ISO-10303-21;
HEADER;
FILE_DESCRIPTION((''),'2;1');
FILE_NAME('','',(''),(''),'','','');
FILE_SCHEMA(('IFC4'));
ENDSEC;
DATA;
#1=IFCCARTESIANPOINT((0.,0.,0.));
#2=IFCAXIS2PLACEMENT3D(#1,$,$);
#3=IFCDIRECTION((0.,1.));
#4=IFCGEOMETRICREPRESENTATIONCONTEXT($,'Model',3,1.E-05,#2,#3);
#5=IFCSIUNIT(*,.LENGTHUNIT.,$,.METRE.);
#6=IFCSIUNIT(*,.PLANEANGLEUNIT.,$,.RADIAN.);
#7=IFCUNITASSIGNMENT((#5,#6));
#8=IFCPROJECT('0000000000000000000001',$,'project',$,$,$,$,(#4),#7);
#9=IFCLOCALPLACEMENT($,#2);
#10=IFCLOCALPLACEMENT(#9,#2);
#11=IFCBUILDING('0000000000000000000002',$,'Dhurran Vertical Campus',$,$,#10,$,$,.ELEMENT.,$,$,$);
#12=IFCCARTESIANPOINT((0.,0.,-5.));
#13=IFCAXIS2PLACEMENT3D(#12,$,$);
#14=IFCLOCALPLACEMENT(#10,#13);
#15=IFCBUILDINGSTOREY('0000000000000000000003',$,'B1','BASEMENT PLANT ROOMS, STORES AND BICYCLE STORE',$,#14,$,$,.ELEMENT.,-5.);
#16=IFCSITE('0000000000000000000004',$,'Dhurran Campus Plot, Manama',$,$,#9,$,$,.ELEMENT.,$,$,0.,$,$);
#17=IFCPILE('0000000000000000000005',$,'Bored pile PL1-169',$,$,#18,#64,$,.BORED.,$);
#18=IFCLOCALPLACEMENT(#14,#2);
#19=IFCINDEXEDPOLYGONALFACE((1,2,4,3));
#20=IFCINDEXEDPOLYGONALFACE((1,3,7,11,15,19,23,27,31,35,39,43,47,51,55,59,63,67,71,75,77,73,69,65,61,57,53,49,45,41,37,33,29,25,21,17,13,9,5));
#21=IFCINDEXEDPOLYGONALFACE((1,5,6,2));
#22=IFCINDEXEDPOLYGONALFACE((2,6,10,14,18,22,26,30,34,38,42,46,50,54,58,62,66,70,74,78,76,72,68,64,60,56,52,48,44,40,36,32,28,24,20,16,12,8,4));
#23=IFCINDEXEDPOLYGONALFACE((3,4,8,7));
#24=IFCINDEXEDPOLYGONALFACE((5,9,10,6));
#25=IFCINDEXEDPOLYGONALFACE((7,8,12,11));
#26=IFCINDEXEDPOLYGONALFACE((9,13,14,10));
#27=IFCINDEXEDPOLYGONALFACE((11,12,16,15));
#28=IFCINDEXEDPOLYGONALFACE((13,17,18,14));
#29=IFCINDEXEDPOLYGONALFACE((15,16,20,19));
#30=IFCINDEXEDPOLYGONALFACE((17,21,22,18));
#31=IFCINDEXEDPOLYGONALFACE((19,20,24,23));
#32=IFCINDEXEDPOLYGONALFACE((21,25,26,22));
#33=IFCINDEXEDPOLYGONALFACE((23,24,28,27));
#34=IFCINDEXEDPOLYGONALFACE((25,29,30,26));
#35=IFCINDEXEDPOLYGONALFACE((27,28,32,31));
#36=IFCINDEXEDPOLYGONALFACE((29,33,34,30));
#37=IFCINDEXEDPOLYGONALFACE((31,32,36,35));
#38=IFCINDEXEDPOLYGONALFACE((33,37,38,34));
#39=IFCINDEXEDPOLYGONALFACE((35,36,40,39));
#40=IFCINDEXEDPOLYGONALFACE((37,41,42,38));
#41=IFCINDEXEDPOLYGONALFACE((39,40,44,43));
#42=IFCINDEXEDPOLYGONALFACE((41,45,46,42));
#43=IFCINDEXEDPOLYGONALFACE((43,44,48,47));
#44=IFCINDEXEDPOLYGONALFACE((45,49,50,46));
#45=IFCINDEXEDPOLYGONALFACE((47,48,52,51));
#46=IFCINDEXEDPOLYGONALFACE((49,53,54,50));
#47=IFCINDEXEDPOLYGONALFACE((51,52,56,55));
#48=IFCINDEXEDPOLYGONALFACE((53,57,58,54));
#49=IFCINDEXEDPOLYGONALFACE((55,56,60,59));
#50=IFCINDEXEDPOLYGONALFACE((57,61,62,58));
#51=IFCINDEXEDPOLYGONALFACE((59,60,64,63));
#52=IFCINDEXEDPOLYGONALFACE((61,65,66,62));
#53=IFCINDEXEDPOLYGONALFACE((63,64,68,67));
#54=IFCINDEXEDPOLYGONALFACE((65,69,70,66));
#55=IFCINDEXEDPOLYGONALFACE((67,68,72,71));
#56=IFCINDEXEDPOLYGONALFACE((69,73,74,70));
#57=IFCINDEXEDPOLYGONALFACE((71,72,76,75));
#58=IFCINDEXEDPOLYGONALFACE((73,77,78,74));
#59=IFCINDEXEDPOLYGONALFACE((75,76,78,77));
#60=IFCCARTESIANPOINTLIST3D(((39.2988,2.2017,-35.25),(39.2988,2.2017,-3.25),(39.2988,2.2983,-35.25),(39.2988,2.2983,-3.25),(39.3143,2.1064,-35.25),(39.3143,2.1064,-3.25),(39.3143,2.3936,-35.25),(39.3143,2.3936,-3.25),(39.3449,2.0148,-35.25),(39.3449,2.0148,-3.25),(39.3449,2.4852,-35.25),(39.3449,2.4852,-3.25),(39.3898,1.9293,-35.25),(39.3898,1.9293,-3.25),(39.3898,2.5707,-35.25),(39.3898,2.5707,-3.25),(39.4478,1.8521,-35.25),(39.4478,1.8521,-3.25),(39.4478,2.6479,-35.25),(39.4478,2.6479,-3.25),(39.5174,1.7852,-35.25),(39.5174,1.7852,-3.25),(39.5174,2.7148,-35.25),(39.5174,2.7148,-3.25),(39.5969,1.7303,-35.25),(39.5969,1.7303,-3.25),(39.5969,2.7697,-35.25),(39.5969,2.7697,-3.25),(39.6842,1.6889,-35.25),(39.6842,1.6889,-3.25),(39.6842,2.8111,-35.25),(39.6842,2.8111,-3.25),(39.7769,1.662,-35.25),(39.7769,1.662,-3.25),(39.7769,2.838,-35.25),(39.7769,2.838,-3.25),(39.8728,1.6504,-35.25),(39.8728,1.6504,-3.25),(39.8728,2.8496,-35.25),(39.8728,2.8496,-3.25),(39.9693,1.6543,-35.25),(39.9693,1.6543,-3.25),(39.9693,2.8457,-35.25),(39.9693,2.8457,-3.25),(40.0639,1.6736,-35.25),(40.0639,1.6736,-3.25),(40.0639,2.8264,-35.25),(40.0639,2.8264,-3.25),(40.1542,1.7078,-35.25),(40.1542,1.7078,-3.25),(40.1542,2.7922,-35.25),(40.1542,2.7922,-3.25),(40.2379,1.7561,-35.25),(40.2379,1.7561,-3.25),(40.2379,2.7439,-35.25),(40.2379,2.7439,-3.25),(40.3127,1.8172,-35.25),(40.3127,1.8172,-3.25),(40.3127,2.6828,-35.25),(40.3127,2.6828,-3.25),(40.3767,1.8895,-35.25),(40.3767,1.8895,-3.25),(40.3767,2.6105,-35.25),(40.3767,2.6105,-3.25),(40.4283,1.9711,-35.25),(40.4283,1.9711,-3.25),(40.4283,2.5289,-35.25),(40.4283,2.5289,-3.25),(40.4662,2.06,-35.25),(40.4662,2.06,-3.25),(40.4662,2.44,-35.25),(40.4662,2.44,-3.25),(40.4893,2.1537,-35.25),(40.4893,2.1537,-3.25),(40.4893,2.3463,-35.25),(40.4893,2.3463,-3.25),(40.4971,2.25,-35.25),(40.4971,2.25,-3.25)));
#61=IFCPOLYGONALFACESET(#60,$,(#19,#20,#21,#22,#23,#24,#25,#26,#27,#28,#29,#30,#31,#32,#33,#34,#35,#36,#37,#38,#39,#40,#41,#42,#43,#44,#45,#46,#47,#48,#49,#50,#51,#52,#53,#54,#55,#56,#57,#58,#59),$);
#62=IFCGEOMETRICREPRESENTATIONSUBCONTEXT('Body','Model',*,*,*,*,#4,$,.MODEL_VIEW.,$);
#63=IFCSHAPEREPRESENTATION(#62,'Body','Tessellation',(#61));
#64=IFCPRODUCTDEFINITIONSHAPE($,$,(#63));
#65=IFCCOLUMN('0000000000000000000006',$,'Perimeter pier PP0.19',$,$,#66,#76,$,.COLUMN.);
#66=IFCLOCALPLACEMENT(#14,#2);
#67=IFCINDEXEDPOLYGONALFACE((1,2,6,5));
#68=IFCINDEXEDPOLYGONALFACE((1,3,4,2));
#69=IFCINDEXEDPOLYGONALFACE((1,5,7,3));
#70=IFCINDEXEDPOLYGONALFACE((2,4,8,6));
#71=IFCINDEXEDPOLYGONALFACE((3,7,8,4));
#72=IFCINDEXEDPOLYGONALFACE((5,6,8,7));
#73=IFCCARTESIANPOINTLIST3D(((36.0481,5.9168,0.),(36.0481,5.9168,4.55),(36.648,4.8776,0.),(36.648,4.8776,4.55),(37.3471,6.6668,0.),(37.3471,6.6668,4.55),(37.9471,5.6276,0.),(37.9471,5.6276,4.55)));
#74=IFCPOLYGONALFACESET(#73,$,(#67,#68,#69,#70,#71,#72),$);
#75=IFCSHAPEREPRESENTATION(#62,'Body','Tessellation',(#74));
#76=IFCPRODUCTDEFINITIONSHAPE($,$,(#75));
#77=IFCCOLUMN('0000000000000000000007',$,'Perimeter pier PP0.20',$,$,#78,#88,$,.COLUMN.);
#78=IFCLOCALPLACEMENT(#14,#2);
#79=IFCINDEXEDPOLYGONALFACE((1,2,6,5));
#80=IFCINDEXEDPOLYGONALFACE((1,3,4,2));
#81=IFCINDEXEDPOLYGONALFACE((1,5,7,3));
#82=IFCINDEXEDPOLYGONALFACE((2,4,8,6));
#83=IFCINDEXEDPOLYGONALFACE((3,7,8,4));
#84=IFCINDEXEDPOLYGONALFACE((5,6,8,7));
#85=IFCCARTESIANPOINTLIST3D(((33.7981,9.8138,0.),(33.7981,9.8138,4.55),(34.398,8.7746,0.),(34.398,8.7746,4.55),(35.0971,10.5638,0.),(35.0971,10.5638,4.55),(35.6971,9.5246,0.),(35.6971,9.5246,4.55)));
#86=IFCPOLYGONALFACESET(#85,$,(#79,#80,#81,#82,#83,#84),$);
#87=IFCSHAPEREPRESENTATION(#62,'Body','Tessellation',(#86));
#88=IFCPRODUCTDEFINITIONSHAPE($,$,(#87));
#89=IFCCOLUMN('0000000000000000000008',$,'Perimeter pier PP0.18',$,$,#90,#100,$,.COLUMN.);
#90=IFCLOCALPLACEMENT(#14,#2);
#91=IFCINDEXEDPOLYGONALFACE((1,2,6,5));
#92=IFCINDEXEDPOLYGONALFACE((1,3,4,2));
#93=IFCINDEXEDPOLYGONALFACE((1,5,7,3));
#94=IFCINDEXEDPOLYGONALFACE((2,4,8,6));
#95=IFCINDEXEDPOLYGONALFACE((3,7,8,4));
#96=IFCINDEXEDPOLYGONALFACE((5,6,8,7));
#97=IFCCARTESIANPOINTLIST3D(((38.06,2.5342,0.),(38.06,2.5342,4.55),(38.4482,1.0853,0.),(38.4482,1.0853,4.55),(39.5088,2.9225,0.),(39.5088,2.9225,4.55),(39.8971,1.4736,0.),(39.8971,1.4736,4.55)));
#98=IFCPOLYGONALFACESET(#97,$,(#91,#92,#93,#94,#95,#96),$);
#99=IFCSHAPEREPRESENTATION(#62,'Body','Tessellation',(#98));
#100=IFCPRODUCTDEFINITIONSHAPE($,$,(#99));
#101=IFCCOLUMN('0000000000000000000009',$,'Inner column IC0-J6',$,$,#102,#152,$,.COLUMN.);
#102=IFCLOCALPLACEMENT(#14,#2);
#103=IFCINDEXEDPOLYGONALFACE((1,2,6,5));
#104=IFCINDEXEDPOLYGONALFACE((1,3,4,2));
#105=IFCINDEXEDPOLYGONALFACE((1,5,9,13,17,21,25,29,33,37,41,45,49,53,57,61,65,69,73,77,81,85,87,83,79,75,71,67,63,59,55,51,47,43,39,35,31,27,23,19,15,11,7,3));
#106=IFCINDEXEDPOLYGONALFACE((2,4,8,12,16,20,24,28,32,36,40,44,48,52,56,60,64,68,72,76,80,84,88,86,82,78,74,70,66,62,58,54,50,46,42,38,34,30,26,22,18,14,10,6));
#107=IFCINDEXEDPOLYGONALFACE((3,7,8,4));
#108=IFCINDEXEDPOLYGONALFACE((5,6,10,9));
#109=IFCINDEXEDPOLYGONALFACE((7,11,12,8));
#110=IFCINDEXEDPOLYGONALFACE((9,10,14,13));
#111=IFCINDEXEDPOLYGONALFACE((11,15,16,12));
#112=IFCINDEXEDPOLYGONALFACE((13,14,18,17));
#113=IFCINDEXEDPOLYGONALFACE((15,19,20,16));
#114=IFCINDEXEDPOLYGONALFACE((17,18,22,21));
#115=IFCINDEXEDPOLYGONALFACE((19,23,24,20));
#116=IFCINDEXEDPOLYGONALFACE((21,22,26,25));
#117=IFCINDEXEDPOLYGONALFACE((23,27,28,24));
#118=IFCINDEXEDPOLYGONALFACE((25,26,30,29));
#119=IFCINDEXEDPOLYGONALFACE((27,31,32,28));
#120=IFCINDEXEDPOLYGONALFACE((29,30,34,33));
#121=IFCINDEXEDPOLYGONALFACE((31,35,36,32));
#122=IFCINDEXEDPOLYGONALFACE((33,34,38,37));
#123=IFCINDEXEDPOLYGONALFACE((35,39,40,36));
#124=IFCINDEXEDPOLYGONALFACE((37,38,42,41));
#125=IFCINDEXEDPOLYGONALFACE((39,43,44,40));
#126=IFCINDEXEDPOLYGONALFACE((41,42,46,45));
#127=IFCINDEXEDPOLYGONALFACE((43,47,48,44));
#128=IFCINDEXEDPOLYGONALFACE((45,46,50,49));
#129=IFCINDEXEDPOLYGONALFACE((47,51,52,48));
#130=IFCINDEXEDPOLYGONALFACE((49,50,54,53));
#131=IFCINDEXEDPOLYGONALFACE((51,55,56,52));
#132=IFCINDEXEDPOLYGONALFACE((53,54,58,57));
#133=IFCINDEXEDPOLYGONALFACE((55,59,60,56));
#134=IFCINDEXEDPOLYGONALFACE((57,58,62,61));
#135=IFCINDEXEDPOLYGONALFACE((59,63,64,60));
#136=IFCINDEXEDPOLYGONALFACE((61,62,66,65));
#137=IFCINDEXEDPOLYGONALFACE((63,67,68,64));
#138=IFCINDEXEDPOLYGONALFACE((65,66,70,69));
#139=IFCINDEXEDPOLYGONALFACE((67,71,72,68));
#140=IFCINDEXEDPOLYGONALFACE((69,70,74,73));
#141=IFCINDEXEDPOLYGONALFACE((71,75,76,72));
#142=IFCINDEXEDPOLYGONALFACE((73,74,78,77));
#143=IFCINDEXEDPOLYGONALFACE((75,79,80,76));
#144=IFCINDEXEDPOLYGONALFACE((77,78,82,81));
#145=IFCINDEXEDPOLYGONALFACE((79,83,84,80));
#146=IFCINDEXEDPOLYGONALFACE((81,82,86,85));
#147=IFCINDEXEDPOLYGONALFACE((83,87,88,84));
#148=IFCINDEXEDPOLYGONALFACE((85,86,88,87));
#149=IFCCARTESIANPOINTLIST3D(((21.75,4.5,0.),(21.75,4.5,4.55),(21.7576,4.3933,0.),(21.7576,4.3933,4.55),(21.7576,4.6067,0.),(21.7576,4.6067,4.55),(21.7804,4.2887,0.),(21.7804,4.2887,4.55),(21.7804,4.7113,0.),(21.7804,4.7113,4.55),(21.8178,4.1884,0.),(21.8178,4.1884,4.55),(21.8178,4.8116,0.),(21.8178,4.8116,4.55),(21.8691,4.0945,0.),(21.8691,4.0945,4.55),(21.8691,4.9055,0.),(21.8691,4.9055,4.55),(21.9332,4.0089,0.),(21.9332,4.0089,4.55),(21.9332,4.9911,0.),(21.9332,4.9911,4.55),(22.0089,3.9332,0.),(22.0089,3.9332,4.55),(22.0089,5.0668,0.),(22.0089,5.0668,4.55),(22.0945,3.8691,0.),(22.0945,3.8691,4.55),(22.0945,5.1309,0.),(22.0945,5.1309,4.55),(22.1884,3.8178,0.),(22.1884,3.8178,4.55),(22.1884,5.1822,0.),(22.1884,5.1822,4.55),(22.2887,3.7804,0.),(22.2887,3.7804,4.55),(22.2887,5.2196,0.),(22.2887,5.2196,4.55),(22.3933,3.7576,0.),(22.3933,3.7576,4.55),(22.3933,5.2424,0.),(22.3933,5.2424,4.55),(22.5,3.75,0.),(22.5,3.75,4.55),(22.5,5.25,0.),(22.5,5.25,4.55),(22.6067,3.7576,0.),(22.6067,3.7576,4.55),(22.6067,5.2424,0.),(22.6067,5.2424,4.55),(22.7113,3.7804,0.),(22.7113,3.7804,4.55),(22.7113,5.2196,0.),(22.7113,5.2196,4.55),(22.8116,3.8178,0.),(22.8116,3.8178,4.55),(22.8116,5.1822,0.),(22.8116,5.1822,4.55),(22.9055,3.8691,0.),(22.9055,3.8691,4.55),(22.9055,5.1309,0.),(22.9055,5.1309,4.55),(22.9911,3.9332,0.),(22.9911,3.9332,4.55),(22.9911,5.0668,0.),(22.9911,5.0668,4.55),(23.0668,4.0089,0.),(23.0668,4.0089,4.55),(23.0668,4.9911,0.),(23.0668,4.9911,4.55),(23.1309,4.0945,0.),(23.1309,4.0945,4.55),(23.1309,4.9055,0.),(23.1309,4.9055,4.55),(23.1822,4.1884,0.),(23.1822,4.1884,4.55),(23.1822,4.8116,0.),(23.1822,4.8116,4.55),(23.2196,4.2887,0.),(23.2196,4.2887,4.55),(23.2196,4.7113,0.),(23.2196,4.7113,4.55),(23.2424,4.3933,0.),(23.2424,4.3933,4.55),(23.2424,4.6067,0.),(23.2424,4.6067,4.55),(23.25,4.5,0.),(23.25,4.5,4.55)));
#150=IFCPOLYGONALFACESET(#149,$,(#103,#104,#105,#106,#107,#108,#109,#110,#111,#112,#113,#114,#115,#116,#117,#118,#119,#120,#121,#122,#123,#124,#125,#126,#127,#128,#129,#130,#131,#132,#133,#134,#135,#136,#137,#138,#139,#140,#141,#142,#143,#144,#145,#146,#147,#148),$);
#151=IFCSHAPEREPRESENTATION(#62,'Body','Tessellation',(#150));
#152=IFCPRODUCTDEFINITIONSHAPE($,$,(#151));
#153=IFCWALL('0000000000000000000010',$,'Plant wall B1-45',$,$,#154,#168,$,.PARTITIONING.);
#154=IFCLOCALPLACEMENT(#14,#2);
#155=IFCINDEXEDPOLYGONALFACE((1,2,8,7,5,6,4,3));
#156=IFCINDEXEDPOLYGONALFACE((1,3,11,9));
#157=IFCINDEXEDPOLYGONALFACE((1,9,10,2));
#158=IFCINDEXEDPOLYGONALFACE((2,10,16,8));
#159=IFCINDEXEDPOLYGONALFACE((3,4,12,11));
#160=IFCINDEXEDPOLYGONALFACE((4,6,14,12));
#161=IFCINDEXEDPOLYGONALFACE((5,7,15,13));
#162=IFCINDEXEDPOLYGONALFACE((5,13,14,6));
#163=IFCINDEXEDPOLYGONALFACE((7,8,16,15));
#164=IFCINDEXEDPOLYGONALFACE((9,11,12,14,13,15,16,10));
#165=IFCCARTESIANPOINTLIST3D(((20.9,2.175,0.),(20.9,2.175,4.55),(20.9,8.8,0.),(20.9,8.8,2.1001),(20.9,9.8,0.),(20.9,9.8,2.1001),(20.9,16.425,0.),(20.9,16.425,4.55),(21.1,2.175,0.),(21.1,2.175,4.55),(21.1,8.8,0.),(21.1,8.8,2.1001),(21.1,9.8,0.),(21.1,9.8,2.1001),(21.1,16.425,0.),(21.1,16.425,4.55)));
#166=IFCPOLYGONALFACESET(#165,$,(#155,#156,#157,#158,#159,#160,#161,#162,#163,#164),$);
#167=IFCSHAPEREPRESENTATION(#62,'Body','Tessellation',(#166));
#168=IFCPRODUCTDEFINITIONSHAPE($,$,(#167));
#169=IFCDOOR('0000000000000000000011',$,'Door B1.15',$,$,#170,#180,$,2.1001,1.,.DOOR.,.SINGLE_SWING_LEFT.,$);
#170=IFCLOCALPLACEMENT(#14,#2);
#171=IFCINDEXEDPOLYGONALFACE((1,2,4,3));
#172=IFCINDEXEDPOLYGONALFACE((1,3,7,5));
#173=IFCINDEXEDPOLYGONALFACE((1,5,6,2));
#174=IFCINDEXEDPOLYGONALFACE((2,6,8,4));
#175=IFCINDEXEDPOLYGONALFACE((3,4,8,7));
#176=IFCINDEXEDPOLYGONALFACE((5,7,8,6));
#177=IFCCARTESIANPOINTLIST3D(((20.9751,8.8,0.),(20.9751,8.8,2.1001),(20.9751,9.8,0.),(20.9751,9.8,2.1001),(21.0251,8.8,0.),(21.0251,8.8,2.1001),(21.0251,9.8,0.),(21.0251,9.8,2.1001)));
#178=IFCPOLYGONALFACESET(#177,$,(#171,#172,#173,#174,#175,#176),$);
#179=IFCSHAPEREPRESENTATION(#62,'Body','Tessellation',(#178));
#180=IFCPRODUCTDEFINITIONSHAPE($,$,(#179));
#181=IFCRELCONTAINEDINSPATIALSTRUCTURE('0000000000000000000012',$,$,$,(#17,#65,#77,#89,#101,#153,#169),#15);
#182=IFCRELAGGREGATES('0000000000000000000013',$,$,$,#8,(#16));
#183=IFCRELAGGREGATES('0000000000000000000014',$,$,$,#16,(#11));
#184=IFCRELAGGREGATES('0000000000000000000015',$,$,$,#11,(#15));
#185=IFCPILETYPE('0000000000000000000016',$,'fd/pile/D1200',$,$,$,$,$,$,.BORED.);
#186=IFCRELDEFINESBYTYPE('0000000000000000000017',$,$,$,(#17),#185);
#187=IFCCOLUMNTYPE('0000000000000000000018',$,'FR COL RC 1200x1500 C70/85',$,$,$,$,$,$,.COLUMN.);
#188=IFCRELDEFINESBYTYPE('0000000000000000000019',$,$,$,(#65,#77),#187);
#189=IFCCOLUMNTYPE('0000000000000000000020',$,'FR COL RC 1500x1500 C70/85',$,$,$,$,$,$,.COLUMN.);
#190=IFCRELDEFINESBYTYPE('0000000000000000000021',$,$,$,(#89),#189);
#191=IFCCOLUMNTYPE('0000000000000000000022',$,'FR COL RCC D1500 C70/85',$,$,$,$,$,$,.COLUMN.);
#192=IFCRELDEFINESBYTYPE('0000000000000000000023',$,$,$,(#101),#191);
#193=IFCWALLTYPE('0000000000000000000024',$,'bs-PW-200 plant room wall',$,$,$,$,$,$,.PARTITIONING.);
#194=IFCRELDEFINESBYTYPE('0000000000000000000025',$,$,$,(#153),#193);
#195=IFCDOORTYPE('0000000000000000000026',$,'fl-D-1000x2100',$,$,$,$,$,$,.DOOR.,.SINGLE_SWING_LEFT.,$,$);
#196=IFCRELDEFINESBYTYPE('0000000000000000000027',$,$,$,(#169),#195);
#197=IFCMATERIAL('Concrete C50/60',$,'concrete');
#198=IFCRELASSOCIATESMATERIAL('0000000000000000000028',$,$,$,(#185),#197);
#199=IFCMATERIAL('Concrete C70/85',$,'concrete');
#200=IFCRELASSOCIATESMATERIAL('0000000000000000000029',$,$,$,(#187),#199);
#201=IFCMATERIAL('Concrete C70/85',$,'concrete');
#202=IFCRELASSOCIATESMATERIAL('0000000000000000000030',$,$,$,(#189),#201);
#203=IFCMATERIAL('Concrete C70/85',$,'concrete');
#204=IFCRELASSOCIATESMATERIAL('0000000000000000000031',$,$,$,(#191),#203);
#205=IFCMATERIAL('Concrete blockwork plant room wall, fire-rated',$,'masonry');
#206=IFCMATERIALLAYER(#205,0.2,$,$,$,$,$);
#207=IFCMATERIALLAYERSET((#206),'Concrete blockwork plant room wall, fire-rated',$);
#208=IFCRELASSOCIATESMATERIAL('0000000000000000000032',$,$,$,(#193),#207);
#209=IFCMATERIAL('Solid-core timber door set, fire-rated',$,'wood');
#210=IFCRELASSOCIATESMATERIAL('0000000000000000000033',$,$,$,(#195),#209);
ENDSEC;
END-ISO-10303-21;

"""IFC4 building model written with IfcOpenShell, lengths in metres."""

from ifc_helpers import new_model, si_unit, direction, frame, frame_2d, origin, origin_2d, place, context, subcontext, project, spatial, rectangle, circle, extrude, material, layer, layer_set, material_profile, profile_set, type_object, element, fill, save


model = new_model("IFC4")

# Units and contexts
model_context = context("Model", 3, precision=1e-05, world=origin(), true_north=direction((0.0, 1.0)))
body_context = subcontext(model_context, "Body", "Model", "MODEL_VIEW")
ifc_project = project(units=[si_unit("LENGTHUNIT", "METRE"), si_unit("PLANEANGLEUNIT", "RADIAN")], contexts=[model_context])

# Site, building, storey
site_placement = place(None, origin())
site = spatial("IfcSite", under=ifc_project, at=site_placement, Name="Dhurran Campus Plot, Manama", CompositionType="ELEMENT", RefElevation=0.0)
building_placement = place(site_placement, origin())
building = spatial("IfcBuilding", under=site, at=building_placement, Name="Dhurran Vertical Campus", CompositionType="ELEMENT")
storey_placement = place(building_placement, frame((0.0, 0.0, -5.0)))
storey = spatial("IfcBuildingStorey", under=building, at=storey_placement, Name="B1", Description="BASEMENT PLANT ROOMS, STORES AND BICYCLE STORE", CompositionType="ELEMENT", Elevation=-5.0)

# Pile
ifc_material_1 = material(Name="Concrete C50/60", Category="concrete")
ifc_material_profile_1 = material_profile(ifc_material_1, circle(Radius=0.6001, at=origin_2d()), Name="fd/pile/D1200")
ifc_profile_set_1 = profile_set([ifc_material_profile_1], Name="Concrete C50/60")
pile_type = type_object("IfcPileType", Name="fd/pile/D1200", PredefinedType="BORED", material=ifc_profile_set_1)
for number, where, z_axis, x_axis, name in (
    (1, (39.897, 2.25, -3.25), (0.0, 0.0, -1.0), (1.0, 0.0, 0.0), "Bored pile PL1-169"),
):
    element("IfcPile", number, at=place(storey_placement, frame(where, z_axis=z_axis, x_axis=x_axis)), inside=storey, type_object=pile_type, Name=name, PredefinedType="BORED", context=body_context, shape_type="SweptSolid", body=[
        extrude(circle(Radius=0.6001, at=origin_2d()), origin(), (0.0, 0.0, 1.0), 32.0),
    ])

# Columns
ifc_material_2 = material(Name="Concrete C70/85", Category="concrete")
ifc_material_profile_2 = material_profile(ifc_material_2, rectangle(XDim=1.2, YDim=1.5, at=origin_2d()), Name="RC 1200x1500")
ifc_profile_set_2 = profile_set([ifc_material_profile_2], Name="Concrete C70/85")
column_type_1 = type_object("IfcColumnType", Name="FR COL RC 1200x1500 C70/85", PredefinedType="COLUMN", material=ifc_profile_set_2)
for number, where, z_axis, x_axis, name in (
    (2, (36.9976, 5.7722, 0.0), (0.0, 0.0, 1.0), (-0.5, 0.866025, 0.0), "Perimeter pier PP0.19"),
    (3, (34.7476, 9.6692, 0.0), (0.0, 0.0, 1.0), (-0.5, 0.866025, 0.0), "Perimeter pier PP0.20"),
):
    element("IfcColumn", number, at=place(storey_placement, frame(where, z_axis=z_axis, x_axis=x_axis)), inside=storey, type_object=column_type_1, Name=name, PredefinedType="COLUMN", context=body_context, shape_type="SweptSolid", body=[
        extrude(rectangle(XDim=1.2, YDim=1.5, at=origin_2d()), origin(), (0.0, 0.0, 1.0), 4.55),
    ])
ifc_material_3 = material(Name="Concrete C70/85", Category="concrete")
ifc_material_profile_3 = material_profile(ifc_material_3, rectangle(XDim=1.5, YDim=1.5, at=origin_2d()), Name="RC 1500x1500")
ifc_profile_set_3 = profile_set([ifc_material_profile_3], Name="Concrete C70/85")
column_type_2 = type_object("IfcColumnType", Name="FR COL RC 1500x1500 C70/85", PredefinedType="COLUMN", material=ifc_profile_set_3)
column_1_placement = place(storey_placement, frame((38.9785, 2.0039, 0.0), z_axis=(0.0, 0.0, 1.0), x_axis=(-0.258819, 0.965926, 0.0)))
element("IfcColumn", 4, at=column_1_placement, inside=storey, type_object=column_type_2, Name="Perimeter pier PP0.18", PredefinedType="COLUMN", context=body_context, shape_type="SweptSolid", body=[
    extrude(rectangle(XDim=1.5, YDim=1.5, at=origin_2d()), origin(), (0.0, 0.0, 1.0), 4.55),
])
ifc_material_4 = material(Name="Concrete C70/85", Category="concrete")
ifc_material_profile_4 = material_profile(ifc_material_4, circle(Radius=0.75, at=origin_2d()), Name="RCC D1500")
ifc_profile_set_4 = profile_set([ifc_material_profile_4], Name="Concrete C70/85")
column_type_3 = type_object("IfcColumnType", Name="FR COL RCC D1500 C70/85", PredefinedType="COLUMN", material=ifc_profile_set_4)
column_2_placement = place(storey_placement, frame((22.5, 4.5, 0.0), z_axis=(0.0, 0.0, 1.0), x_axis=(1.0, 0.0, 0.0)))
element("IfcColumn", 5, at=column_2_placement, inside=storey, type_object=column_type_3, Name="Inner column IC0-J6", PredefinedType="COLUMN", context=body_context, shape_type="SweptSolid", body=[
    extrude(circle(Radius=0.75, at=origin_2d()), origin(), (0.0, 0.0, 1.0), 4.55),
])

# Wall, opening, door
ifc_material_5 = material(Name="Concrete blockwork plant room wall, fire-rated", Category="masonry")
ifc_layer_1 = layer(ifc_material_5, 0.2)
ifc_layer_set_1 = layer_set([ifc_layer_1], Name="Concrete blockwork plant room wall, fire-rated")
wall_type_1 = type_object("IfcWallType", Name="bs-PW-200 plant room wall", PredefinedType="PARTITIONING", material=ifc_layer_set_1)
wall_1_placement = place(storey_placement, frame((21.0, 2.175, 0.0), z_axis=(0.0, 0.0, 1.0), x_axis=(0.0, 1.0, 0.0)))
wall_1 = element("IfcWall", 6, at=wall_1_placement, inside=storey, type_object=wall_type_1, Name="Plant wall B1-45", PredefinedType="PARTITIONING", context=body_context, shape_type="SweptSolid", body=[
    extrude(rectangle(XDim=14.25, YDim=0.2, at=frame_2d((7.125, 0.0))), origin(), (0.0, 0.0, 1.0), 4.55),
])
opening_1_placement = place(wall_1_placement, frame((6.625, 0.0, 0.0)))
opening_1 = element("IfcOpeningElement", 7, at=opening_1_placement, cuts=wall_1, PredefinedType="OPENING", context=body_context, shape_type="SweptSolid", body=[
    extrude(rectangle(XDim=1.0, YDim=2.1001, at=frame_2d((0.5, 1.05))), frame((0.0, 0.1099, 0.0), z_axis=(0.0, -1.0, 0.0), x_axis=(1.0, 0.0, 0.0)), (0.0, 0.0, 1.0), 0.22),
])
ifc_material_6 = material(Name="Solid-core timber door set, fire-rated", Category="wood")
door_type_1 = type_object("IfcDoorType", Name="fl-D-1000x2100", OperationType="SINGLE_SWING_LEFT", PredefinedType="DOOR", material=ifc_material_6)
door_1_placement = place(opening_1_placement, origin())
door_1 = element("IfcDoor", 8, at=door_1_placement, inside=storey, type_object=door_type_1, Name="Door B1.15", OperationType="SINGLE_SWING_LEFT", OverallHeight=2.1001, OverallWidth=1.0, PredefinedType="DOOR", context=body_context, shape_type="SweptSolid", body=[
    extrude(rectangle(XDim=1.0, YDim=2.1001, at=frame_2d((0.5, 1.05))), frame((0.0, 0.0249, 0.0), z_axis=(0.0, -1.0, 0.0), x_axis=(1.0, 0.0, 0.0)), (0.0, 0.0, 1.0), 0.05),
])
fill(opening_1, door_1)

save(model, "model.ifc")
